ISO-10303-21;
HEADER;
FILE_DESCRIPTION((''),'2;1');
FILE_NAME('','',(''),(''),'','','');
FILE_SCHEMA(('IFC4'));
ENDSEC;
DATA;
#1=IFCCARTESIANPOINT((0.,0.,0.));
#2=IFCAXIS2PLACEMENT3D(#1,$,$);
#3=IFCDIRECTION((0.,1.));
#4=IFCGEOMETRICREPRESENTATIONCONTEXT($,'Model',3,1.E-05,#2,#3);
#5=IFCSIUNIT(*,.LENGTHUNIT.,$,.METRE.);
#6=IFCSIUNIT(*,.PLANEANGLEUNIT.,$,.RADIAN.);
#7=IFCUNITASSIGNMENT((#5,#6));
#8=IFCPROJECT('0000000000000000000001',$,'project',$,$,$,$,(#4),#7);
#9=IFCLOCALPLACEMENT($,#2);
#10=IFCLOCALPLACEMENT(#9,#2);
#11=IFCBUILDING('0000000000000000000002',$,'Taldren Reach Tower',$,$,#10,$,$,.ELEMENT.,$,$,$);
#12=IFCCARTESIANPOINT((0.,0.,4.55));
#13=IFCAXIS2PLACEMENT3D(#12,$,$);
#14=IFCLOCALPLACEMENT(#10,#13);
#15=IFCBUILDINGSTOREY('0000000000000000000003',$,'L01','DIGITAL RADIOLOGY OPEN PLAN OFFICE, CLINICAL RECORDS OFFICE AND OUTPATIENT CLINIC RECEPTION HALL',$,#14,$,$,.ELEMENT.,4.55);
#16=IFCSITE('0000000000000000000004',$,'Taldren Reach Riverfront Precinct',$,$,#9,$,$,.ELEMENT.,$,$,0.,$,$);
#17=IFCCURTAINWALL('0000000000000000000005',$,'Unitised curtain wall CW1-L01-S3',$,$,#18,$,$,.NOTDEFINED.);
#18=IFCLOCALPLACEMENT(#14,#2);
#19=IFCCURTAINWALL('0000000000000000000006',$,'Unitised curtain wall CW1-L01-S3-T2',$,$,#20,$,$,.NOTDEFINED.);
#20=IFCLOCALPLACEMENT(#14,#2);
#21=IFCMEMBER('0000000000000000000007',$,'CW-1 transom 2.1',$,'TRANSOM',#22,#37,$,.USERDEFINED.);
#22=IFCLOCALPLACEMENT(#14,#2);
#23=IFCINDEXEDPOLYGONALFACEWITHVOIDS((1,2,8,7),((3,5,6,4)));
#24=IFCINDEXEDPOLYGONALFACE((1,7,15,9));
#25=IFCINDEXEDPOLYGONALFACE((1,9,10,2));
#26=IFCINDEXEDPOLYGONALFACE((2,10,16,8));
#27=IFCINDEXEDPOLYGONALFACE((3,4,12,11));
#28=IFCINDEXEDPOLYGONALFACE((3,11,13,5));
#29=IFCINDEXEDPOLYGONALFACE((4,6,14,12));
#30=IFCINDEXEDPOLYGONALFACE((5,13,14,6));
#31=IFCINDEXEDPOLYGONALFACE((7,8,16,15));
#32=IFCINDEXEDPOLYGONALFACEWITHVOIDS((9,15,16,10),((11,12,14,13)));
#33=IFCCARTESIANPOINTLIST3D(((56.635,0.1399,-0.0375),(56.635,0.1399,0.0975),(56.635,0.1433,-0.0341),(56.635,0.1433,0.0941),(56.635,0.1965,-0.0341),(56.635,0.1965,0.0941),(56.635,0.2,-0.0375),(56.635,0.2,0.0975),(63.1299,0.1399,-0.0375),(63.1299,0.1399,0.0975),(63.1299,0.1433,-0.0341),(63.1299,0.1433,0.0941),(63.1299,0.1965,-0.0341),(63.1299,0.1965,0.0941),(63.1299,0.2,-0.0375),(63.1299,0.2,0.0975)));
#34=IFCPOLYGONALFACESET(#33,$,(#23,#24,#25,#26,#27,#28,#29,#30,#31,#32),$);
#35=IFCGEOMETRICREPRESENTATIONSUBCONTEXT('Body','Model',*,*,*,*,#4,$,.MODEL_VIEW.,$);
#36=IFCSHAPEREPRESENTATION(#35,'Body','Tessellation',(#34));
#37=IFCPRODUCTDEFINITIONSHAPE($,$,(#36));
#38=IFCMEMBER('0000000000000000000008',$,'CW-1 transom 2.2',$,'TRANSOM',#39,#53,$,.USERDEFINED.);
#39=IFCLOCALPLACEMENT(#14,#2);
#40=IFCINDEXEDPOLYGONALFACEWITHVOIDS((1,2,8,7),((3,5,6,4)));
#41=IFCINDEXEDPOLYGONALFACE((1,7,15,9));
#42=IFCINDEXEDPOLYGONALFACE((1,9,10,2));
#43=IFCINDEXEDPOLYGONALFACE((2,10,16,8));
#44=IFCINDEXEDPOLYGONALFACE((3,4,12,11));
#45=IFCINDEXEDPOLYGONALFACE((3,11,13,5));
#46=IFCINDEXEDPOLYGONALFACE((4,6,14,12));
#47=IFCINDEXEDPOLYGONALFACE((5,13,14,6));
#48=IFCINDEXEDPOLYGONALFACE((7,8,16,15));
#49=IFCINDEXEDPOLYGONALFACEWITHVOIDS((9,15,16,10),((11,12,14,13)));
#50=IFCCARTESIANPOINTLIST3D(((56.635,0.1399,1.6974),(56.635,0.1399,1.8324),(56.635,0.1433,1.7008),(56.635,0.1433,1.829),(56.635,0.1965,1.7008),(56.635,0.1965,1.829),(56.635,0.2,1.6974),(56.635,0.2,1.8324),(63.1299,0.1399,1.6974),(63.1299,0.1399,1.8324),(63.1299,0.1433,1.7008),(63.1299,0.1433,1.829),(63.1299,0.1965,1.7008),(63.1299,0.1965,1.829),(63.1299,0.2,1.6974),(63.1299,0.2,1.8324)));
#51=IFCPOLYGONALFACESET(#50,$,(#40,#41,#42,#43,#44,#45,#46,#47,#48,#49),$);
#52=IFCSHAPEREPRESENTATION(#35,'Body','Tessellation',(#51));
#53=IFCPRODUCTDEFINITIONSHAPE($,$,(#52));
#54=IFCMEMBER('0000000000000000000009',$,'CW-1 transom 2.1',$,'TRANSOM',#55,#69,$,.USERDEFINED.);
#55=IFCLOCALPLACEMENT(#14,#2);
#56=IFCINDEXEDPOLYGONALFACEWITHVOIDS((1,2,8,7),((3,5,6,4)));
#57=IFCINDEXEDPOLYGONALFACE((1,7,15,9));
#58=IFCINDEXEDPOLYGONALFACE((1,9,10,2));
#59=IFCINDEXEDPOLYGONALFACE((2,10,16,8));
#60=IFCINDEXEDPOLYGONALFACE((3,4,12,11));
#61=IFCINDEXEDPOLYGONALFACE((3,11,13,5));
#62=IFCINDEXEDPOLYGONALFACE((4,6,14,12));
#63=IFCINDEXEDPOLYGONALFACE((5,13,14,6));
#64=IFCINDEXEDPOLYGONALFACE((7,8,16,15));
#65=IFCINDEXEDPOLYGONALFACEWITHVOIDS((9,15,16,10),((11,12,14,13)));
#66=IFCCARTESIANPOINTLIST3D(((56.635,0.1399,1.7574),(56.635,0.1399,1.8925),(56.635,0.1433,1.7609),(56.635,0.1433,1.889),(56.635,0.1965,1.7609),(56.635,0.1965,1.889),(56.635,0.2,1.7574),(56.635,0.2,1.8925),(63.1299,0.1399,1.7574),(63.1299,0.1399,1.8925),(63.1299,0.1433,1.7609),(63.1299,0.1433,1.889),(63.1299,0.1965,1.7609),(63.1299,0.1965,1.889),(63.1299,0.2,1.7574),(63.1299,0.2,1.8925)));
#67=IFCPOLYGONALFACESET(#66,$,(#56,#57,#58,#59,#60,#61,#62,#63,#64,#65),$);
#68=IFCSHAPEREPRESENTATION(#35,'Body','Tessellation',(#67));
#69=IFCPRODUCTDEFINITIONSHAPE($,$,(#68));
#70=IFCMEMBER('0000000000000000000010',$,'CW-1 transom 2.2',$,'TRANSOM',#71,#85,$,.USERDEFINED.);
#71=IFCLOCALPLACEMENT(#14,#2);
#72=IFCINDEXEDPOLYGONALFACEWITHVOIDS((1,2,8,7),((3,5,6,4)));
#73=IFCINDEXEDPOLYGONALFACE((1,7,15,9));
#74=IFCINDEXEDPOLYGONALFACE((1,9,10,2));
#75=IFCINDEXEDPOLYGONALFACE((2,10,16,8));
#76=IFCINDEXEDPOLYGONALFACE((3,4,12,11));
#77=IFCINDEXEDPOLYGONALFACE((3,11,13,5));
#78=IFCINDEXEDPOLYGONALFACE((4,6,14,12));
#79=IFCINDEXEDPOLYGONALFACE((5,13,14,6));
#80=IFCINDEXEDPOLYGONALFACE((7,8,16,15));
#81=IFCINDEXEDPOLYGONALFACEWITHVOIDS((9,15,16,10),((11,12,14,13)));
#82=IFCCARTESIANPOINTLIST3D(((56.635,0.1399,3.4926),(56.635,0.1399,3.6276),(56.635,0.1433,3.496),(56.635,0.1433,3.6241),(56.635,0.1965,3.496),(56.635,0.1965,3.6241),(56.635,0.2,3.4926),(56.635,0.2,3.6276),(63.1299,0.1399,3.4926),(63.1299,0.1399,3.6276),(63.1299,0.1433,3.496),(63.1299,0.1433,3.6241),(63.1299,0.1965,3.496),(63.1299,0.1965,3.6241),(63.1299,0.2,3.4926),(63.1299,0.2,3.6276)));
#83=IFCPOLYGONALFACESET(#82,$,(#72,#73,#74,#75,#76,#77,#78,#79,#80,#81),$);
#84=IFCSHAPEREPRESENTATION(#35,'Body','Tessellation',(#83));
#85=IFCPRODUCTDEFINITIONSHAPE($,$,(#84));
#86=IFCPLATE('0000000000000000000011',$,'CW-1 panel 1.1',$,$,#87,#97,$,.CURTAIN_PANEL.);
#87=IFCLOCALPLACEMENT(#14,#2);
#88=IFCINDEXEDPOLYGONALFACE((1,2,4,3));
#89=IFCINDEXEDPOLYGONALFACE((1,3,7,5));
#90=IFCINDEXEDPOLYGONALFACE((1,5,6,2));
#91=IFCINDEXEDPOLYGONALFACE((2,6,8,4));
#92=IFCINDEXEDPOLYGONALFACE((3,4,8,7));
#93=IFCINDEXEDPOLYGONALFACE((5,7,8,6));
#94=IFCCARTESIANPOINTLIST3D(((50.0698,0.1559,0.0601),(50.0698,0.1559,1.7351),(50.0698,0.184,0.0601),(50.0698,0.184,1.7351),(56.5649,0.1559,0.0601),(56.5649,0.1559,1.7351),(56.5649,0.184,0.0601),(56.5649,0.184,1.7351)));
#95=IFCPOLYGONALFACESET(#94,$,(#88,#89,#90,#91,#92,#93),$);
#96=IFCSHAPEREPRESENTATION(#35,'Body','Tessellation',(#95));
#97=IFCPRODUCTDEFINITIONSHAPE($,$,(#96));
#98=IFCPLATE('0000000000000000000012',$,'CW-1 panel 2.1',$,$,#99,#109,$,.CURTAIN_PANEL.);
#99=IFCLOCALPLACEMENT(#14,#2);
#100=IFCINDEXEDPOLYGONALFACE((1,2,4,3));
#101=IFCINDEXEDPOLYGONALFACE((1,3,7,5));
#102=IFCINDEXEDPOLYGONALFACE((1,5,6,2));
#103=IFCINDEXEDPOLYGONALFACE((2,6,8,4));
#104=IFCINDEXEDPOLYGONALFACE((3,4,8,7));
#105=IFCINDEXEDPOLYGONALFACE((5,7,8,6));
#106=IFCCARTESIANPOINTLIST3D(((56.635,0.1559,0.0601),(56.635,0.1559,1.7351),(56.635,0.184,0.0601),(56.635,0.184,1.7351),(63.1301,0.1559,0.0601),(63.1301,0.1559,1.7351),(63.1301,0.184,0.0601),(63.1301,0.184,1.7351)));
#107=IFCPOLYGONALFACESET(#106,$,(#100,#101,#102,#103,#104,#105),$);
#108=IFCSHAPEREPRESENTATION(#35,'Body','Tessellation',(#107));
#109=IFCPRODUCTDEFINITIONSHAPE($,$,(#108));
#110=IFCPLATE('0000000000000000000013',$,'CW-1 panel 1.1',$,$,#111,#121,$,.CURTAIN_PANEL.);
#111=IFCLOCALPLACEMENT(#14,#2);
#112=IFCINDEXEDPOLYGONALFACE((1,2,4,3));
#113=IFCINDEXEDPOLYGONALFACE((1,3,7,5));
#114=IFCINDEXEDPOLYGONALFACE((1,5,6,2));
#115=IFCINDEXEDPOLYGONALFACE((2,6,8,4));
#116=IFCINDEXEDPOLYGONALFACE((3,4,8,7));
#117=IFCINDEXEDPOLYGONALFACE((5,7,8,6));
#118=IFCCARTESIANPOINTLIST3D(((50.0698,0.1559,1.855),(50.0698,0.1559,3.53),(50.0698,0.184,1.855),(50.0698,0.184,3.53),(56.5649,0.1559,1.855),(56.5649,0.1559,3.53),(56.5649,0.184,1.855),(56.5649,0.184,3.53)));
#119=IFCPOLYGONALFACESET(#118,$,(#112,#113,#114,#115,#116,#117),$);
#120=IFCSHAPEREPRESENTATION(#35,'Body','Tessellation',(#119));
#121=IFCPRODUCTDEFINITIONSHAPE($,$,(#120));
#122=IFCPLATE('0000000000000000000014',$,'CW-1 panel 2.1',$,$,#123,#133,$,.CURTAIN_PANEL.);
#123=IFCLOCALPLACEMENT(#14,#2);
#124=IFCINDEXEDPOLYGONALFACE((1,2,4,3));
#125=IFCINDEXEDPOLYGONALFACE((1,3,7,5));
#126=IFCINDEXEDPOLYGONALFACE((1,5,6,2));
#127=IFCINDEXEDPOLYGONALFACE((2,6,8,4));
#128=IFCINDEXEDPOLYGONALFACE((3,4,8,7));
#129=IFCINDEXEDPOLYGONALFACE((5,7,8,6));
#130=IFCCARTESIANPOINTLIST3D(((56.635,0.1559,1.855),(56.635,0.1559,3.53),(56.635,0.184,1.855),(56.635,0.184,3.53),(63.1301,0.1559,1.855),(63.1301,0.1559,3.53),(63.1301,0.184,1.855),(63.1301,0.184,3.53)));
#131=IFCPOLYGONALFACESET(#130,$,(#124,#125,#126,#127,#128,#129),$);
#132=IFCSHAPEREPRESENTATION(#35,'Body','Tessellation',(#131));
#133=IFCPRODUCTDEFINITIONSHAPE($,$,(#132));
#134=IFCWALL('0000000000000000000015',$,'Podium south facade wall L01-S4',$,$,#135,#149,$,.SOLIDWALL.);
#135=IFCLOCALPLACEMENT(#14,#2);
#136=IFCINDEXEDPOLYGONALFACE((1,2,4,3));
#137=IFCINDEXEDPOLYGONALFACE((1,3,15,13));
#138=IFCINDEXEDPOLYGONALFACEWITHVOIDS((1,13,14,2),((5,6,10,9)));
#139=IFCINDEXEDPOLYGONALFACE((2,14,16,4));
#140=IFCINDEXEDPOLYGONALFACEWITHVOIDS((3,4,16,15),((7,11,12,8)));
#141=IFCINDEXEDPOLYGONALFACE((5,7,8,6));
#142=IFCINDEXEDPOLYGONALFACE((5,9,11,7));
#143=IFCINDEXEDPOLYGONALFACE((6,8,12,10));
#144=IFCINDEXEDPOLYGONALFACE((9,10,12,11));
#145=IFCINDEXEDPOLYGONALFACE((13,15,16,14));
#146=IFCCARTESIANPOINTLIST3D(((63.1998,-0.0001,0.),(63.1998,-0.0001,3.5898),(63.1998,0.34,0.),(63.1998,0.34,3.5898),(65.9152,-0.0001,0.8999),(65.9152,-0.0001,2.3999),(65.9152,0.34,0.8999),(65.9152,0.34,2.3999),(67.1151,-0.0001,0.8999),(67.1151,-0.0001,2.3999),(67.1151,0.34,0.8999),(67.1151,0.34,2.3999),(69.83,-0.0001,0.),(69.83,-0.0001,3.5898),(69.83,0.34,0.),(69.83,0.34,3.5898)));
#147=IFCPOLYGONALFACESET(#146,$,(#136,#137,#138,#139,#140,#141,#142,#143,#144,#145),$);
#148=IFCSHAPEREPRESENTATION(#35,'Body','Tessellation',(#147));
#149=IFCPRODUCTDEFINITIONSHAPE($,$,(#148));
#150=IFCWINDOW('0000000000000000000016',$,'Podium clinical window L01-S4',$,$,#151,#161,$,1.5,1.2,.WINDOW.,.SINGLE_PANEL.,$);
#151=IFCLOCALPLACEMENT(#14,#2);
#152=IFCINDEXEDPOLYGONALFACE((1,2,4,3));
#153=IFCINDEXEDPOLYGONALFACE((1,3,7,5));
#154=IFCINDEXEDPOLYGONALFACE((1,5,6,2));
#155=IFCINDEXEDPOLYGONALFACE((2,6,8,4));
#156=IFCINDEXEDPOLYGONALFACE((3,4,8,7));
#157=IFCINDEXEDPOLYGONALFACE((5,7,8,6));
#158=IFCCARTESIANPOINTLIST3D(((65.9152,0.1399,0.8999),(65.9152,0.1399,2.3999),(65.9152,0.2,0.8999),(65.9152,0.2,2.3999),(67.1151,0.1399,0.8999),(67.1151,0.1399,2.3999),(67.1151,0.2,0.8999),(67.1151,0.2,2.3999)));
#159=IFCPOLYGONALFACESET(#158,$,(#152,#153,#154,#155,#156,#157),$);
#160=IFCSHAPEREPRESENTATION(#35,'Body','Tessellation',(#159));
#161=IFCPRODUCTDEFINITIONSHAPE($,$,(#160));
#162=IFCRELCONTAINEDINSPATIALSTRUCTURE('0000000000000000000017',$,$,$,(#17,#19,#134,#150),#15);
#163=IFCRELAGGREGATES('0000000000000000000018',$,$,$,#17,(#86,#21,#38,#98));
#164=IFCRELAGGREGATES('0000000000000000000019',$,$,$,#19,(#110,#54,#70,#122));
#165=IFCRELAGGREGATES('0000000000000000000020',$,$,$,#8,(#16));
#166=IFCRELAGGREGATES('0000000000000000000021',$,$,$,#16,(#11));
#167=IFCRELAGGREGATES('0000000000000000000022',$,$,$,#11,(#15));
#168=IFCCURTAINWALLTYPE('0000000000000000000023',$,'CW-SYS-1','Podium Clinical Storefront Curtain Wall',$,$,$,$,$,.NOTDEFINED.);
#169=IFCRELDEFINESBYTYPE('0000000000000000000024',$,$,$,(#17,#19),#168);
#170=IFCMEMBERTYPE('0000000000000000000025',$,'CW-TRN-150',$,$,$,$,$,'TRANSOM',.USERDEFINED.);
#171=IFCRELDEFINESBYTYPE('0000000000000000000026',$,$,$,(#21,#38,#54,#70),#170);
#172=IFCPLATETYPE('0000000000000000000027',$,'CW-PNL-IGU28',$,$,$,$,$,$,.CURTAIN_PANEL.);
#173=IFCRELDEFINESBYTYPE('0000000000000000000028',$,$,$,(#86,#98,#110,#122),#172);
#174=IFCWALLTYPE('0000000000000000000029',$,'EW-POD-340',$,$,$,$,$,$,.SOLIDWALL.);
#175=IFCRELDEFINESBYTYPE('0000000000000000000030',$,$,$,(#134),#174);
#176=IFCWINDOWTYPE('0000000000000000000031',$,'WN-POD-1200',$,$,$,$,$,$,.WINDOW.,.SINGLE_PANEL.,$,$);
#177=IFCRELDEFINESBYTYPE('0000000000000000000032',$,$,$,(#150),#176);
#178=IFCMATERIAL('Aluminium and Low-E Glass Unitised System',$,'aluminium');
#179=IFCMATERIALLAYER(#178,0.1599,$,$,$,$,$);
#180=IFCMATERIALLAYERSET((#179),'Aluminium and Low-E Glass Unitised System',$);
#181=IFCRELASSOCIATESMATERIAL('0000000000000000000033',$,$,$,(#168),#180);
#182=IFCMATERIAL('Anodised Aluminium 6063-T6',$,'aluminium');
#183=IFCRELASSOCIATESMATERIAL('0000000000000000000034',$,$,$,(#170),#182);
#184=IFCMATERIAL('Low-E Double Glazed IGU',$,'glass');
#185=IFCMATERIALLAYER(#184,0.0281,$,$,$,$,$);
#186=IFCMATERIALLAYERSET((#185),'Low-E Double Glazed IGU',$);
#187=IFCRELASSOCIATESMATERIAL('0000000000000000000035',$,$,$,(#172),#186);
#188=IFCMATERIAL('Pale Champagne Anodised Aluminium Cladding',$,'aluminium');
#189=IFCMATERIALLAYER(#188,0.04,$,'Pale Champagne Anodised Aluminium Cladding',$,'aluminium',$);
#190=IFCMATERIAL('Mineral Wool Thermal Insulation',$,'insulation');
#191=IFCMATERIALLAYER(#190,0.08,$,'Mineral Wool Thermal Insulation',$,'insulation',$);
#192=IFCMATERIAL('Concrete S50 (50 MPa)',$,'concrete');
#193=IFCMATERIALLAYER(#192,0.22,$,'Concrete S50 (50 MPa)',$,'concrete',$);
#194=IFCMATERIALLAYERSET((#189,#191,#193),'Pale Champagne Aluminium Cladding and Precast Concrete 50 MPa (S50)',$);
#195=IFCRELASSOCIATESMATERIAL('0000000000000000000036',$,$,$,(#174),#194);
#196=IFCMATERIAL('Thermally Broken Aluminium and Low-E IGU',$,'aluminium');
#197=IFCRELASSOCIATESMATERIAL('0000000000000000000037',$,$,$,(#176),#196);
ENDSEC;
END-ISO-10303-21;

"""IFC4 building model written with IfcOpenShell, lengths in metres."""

from ifc_helpers import new_model, si_unit, direction, frame, frame_2d, origin, origin_2d, place, context, subcontext, project, spatial, rectangle, hollow_rectangle, extrude, source, transform, mapped, material, layer, layer_set, material_profile, profile_set, type_object, element, fill, aggregate, save


model = new_model("IFC4")

# Units and contexts
model_context = context("Model", 3, precision=1e-05, world=origin(), true_north=direction((0.0, 1.0)))
body_context = subcontext(model_context, "Body", "Model", "MODEL_VIEW")
ifc_project = project(units=[si_unit("LENGTHUNIT", "METRE"), si_unit("PLANEANGLEUNIT", "RADIAN")], contexts=[model_context])

# Site, building, storey
site_placement = place(None, origin())
site = spatial("IfcSite", under=ifc_project, at=site_placement, Name="Taldren Reach Riverfront Precinct", CompositionType="ELEMENT", RefElevation=0.0)
building_placement = place(site_placement, origin())
building = spatial("IfcBuilding", under=site, at=building_placement, Name="Taldren Reach Tower", CompositionType="ELEMENT")
storey_placement = place(building_placement, frame((0.0, 0.0, 4.55)))
storey = spatial("IfcBuildingStorey", under=building, at=storey_placement, Name="L01", Description="DIGITAL RADIOLOGY OPEN PLAN OFFICE, CLINICAL RECORDS OFFICE AND OUTPATIENT CLINIC RECEPTION HALL", CompositionType="ELEMENT", Elevation=4.55)

# Curtain walls
ifc_material_1 = material(Name="Aluminium and Low-E Glass Unitised System", Category="aluminium")
ifc_layer_1 = layer(ifc_material_1, 0.1599)
ifc_layer_set_1 = layer_set([ifc_layer_1], Name="Aluminium and Low-E Glass Unitised System")
curtain_wall_type = type_object("IfcCurtainWallType", Name="CW-SYS-1", Description="Podium Clinical Storefront Curtain Wall", PredefinedType="NOTDEFINED", material=ifc_layer_set_1)
curtain_wall_1_placement = place(storey_placement, origin())
curtain_wall_1 = element("IfcCurtainWall", 1, at=curtain_wall_1_placement, inside=storey, type_object=curtain_wall_type, Name="Unitised curtain wall CW1-L01-S3", PredefinedType="NOTDEFINED")
ifc_material_2 = material(Name="Anodised Aluminium 6063-T6", Category="aluminium")
curtain_wall_2_placement = place(storey_placement, origin())
curtain_wall_2 = element("IfcCurtainWall", 2, at=curtain_wall_2_placement, inside=storey, type_object=curtain_wall_type, Name="Unitised curtain wall CW1-L01-S3-T2", PredefinedType="NOTDEFINED")

# Members
ifc_material_profile_1 = material_profile(ifc_material_2, hollow_rectangle(XDim=0.0601, YDim=0.135, WallThickness=0.0034, at=origin_2d()), Name="ALU-135x60x3.5RHS")
ifc_profile_set_1 = profile_set([ifc_material_profile_1], Name="Anodised Aluminium 6063-T6")
member_type_1 = type_object("IfcMemberType", Name="CW-TRN-150", ElementType="TRANSOM", PredefinedType="USERDEFINED", material=ifc_profile_set_1)
shared_shape_1 = source(origin(), body_context, "Body", "SweptSolid", [
    extrude(hollow_rectangle(XDim=0.0601, YDim=0.135, WallThickness=0.0034, at=origin_2d()), origin(), (0.0, 0.0, 1.0), 6.4949),
])
member_1_placement = place(storey_placement, frame((56.635, 0.1699, 0.03), z_axis=(1.0, 0.0, 0.0), x_axis=(0.0, 1.0, 0.0)))
member_1 = element("IfcMember", 3, at=member_1_placement, type_object=member_type_1, Name="CW-1 transom 2.1", ObjectType="TRANSOM", PredefinedType="USERDEFINED", context=body_context, shape_type="MappedRepresentation", body=[
    mapped(shared_shape_1, transform((0.0, 0.0, 0.0), scale=1.0)),
])
member_2_placement = place(storey_placement, frame((56.635, 0.1699, 1.7649), z_axis=(1.0, 0.0, 0.0), x_axis=(0.0, 1.0, 0.0)))
member_2 = element("IfcMember", 4, at=member_2_placement, type_object=member_type_1, Name="CW-1 transom 2.2", ObjectType="TRANSOM", PredefinedType="USERDEFINED", context=body_context, shape_type="MappedRepresentation", body=[
    mapped(shared_shape_1, transform((0.0, 0.0, 0.0), scale=1.0)),
])
member_3_placement = place(storey_placement, frame((56.635, 0.1699, 1.825), z_axis=(1.0, 0.0, 0.0), x_axis=(0.0, 1.0, 0.0)))
member_3 = element("IfcMember", 5, at=member_3_placement, type_object=member_type_1, Name="CW-1 transom 2.1", ObjectType="TRANSOM", PredefinedType="USERDEFINED", context=body_context, shape_type="MappedRepresentation", body=[
    mapped(shared_shape_1, transform((0.0, 0.0, 0.0), scale=1.0)),
])
member_4_placement = place(storey_placement, frame((56.635, 0.1699, 3.5601), z_axis=(1.0, 0.0, 0.0), x_axis=(0.0, 1.0, 0.0)))
member_4 = element("IfcMember", 6, at=member_4_placement, type_object=member_type_1, Name="CW-1 transom 2.2", ObjectType="TRANSOM", PredefinedType="USERDEFINED", context=body_context, shape_type="MappedRepresentation", body=[
    mapped(shared_shape_1, transform((0.0, 0.0, 0.0), scale=1.0)),
])

# Plates
ifc_material_3 = material(Name="Low-E Double Glazed IGU", Category="glass")
ifc_layer_2 = layer(ifc_material_3, 0.0281)
ifc_layer_set_2 = layer_set([ifc_layer_2], Name="Low-E Double Glazed IGU")
plate_type = type_object("IfcPlateType", Name="CW-PNL-IGU28", PredefinedType="CURTAIN_PANEL", material=ifc_layer_set_2)
shared_shape_2 = source(origin(), body_context, "Body", "SweptSolid", [
    extrude(rectangle(XDim=6.4951, YDim=0.0281, at=origin_2d()), origin(), (0.0, 0.0, 1.0), 1.675),
])
plate_1_placement = place(storey_placement, frame((53.3174, 0.1699, 0.0601), z_axis=(0.0, 0.0, 1.0), x_axis=(1.0, 0.0, 0.0)))
plate_1 = element("IfcPlate", 7, at=plate_1_placement, type_object=plate_type, Name="CW-1 panel 1.1", PredefinedType="CURTAIN_PANEL", context=body_context, shape_type="MappedRepresentation", body=[
    mapped(shared_shape_2, transform((0.0, 0.0, 0.0), scale=1.0)),
])
plate_2_placement = place(storey_placement, frame((59.8826, 0.1699, 0.0601), z_axis=(0.0, 0.0, 1.0), x_axis=(1.0, 0.0, 0.0)))
plate_2 = element("IfcPlate", 8, at=plate_2_placement, type_object=plate_type, Name="CW-1 panel 2.1", PredefinedType="CURTAIN_PANEL", context=body_context, shape_type="MappedRepresentation", body=[
    mapped(shared_shape_2, transform((0.0, 0.0, 0.0), scale=1.0)),
])
aggregate(curtain_wall_1, [plate_1, member_1, member_2, plate_2])
plate_3_placement = place(storey_placement, frame((53.3174, 0.1699, 1.855), z_axis=(0.0, 0.0, 1.0), x_axis=(1.0, 0.0, 0.0)))
plate_3 = element("IfcPlate", 9, at=plate_3_placement, type_object=plate_type, Name="CW-1 panel 1.1", PredefinedType="CURTAIN_PANEL", context=body_context, shape_type="MappedRepresentation", body=[
    mapped(shared_shape_2, transform((0.0, 0.0, 0.0), scale=1.0)),
])
plate_4_placement = place(storey_placement, frame((59.8826, 0.1699, 1.855), z_axis=(0.0, 0.0, 1.0), x_axis=(1.0, 0.0, 0.0)))
plate_4 = element("IfcPlate", 10, at=plate_4_placement, type_object=plate_type, Name="CW-1 panel 2.1", PredefinedType="CURTAIN_PANEL", context=body_context, shape_type="MappedRepresentation", body=[
    mapped(shared_shape_2, transform((0.0, 0.0, 0.0), scale=1.0)),
])
aggregate(curtain_wall_2, [plate_3, member_3, member_4, plate_4])

# Wall, opening, window
ifc_material_4 = material(Name="Pale Champagne Anodised Aluminium Cladding", Category="aluminium")
ifc_layer_3 = layer(ifc_material_4, 0.04, Name="Pale Champagne Anodised Aluminium Cladding", Category="aluminium")
ifc_material_5 = material(Name="Mineral Wool Thermal Insulation", Category="insulation")
ifc_layer_4 = layer(ifc_material_5, 0.08, Name="Mineral Wool Thermal Insulation", Category="insulation")
ifc_material_6 = material(Name="Concrete S50 (50 MPa)", Category="concrete")
ifc_layer_5 = layer(ifc_material_6, 0.22, Name="Concrete S50 (50 MPa)", Category="concrete")
ifc_layer_set_3 = layer_set([ifc_layer_3, ifc_layer_4, ifc_layer_5], Name="Pale Champagne Aluminium Cladding and Precast Concrete 50 MPa (S50)")
wall_type = type_object("IfcWallType", Name="EW-POD-340", PredefinedType="SOLIDWALL", material=ifc_layer_set_3)
shared_shape_3 = source(origin(), body_context, "Body", "SweptSolid", [
    extrude(rectangle(XDim=6.6301, YDim=0.3401, at=frame_2d((3.3149, 0.0))), origin(), (0.0, 0.0, 1.0), 3.5898),
])
wall_1_placement = place(storey_placement, frame((63.2, 0.1699, 0.0), z_axis=(0.0, 0.0, 1.0), x_axis=(1.0, 0.0, 0.0)))
wall_1 = element("IfcWall", 11, at=wall_1_placement, inside=storey, type_object=wall_type, Name="Podium south facade wall L01-S4", PredefinedType="SOLIDWALL", context=body_context, shape_type="MappedRepresentation", body=[
    mapped(shared_shape_3, transform((0.0, 0.0, 0.0), scale=1.0)),
])
shared_shape_4 = source(origin(), body_context, "Body", "SweptSolid", [
    extrude(rectangle(XDim=1.2, YDim=1.5, at=frame_2d((0.6001, 0.75))), frame((0.0, 0.1802, 0.0), z_axis=(0.0, -1.0, 0.0), x_axis=(1.0, 0.0, 0.0)), (0.0, 0.0, 1.0), 0.3601),
])
opening_1_placement = place(wall_1_placement, frame((2.7151, 0.0, 0.8999)))
opening_1 = element("IfcOpeningElement", 12, at=opening_1_placement, cuts=wall_1, PredefinedType="OPENING", context=body_context, shape_type="MappedRepresentation", body=[
    mapped(shared_shape_4, transform((0.0, 0.0, 0.0), scale=1.0)),
])
ifc_material_7 = material(Name="Thermally Broken Aluminium and Low-E IGU", Category="aluminium")
window_type_1 = type_object("IfcWindowType", Name="WN-POD-1200", PartitioningType="SINGLE_PANEL", PredefinedType="WINDOW", material=ifc_material_7)
shared_shape_5 = source(origin(), body_context, "Body", "SweptSolid", [
    extrude(rectangle(XDim=1.2, YDim=1.5, at=frame_2d((0.6001, 0.75))), frame((0.0, 0.03, 0.0), z_axis=(0.0, -1.0, 0.0), x_axis=(1.0, 0.0, 0.0)), (0.0, 0.0, 1.0), 0.0601),
])
window_1_placement = place(opening_1_placement, origin())
window_1 = element("IfcWindow", 13, at=window_1_placement, inside=storey, type_object=window_type_1, Name="Podium clinical window L01-S4", OverallHeight=1.5, OverallWidth=1.2, PartitioningType="SINGLE_PANEL", PredefinedType="WINDOW", context=body_context, shape_type="MappedRepresentation", body=[
    mapped(shared_shape_5, transform((0.0, 0.0, 0.0), scale=1.0)),
])
fill(opening_1, window_1)

save(model, "model.ifc")
